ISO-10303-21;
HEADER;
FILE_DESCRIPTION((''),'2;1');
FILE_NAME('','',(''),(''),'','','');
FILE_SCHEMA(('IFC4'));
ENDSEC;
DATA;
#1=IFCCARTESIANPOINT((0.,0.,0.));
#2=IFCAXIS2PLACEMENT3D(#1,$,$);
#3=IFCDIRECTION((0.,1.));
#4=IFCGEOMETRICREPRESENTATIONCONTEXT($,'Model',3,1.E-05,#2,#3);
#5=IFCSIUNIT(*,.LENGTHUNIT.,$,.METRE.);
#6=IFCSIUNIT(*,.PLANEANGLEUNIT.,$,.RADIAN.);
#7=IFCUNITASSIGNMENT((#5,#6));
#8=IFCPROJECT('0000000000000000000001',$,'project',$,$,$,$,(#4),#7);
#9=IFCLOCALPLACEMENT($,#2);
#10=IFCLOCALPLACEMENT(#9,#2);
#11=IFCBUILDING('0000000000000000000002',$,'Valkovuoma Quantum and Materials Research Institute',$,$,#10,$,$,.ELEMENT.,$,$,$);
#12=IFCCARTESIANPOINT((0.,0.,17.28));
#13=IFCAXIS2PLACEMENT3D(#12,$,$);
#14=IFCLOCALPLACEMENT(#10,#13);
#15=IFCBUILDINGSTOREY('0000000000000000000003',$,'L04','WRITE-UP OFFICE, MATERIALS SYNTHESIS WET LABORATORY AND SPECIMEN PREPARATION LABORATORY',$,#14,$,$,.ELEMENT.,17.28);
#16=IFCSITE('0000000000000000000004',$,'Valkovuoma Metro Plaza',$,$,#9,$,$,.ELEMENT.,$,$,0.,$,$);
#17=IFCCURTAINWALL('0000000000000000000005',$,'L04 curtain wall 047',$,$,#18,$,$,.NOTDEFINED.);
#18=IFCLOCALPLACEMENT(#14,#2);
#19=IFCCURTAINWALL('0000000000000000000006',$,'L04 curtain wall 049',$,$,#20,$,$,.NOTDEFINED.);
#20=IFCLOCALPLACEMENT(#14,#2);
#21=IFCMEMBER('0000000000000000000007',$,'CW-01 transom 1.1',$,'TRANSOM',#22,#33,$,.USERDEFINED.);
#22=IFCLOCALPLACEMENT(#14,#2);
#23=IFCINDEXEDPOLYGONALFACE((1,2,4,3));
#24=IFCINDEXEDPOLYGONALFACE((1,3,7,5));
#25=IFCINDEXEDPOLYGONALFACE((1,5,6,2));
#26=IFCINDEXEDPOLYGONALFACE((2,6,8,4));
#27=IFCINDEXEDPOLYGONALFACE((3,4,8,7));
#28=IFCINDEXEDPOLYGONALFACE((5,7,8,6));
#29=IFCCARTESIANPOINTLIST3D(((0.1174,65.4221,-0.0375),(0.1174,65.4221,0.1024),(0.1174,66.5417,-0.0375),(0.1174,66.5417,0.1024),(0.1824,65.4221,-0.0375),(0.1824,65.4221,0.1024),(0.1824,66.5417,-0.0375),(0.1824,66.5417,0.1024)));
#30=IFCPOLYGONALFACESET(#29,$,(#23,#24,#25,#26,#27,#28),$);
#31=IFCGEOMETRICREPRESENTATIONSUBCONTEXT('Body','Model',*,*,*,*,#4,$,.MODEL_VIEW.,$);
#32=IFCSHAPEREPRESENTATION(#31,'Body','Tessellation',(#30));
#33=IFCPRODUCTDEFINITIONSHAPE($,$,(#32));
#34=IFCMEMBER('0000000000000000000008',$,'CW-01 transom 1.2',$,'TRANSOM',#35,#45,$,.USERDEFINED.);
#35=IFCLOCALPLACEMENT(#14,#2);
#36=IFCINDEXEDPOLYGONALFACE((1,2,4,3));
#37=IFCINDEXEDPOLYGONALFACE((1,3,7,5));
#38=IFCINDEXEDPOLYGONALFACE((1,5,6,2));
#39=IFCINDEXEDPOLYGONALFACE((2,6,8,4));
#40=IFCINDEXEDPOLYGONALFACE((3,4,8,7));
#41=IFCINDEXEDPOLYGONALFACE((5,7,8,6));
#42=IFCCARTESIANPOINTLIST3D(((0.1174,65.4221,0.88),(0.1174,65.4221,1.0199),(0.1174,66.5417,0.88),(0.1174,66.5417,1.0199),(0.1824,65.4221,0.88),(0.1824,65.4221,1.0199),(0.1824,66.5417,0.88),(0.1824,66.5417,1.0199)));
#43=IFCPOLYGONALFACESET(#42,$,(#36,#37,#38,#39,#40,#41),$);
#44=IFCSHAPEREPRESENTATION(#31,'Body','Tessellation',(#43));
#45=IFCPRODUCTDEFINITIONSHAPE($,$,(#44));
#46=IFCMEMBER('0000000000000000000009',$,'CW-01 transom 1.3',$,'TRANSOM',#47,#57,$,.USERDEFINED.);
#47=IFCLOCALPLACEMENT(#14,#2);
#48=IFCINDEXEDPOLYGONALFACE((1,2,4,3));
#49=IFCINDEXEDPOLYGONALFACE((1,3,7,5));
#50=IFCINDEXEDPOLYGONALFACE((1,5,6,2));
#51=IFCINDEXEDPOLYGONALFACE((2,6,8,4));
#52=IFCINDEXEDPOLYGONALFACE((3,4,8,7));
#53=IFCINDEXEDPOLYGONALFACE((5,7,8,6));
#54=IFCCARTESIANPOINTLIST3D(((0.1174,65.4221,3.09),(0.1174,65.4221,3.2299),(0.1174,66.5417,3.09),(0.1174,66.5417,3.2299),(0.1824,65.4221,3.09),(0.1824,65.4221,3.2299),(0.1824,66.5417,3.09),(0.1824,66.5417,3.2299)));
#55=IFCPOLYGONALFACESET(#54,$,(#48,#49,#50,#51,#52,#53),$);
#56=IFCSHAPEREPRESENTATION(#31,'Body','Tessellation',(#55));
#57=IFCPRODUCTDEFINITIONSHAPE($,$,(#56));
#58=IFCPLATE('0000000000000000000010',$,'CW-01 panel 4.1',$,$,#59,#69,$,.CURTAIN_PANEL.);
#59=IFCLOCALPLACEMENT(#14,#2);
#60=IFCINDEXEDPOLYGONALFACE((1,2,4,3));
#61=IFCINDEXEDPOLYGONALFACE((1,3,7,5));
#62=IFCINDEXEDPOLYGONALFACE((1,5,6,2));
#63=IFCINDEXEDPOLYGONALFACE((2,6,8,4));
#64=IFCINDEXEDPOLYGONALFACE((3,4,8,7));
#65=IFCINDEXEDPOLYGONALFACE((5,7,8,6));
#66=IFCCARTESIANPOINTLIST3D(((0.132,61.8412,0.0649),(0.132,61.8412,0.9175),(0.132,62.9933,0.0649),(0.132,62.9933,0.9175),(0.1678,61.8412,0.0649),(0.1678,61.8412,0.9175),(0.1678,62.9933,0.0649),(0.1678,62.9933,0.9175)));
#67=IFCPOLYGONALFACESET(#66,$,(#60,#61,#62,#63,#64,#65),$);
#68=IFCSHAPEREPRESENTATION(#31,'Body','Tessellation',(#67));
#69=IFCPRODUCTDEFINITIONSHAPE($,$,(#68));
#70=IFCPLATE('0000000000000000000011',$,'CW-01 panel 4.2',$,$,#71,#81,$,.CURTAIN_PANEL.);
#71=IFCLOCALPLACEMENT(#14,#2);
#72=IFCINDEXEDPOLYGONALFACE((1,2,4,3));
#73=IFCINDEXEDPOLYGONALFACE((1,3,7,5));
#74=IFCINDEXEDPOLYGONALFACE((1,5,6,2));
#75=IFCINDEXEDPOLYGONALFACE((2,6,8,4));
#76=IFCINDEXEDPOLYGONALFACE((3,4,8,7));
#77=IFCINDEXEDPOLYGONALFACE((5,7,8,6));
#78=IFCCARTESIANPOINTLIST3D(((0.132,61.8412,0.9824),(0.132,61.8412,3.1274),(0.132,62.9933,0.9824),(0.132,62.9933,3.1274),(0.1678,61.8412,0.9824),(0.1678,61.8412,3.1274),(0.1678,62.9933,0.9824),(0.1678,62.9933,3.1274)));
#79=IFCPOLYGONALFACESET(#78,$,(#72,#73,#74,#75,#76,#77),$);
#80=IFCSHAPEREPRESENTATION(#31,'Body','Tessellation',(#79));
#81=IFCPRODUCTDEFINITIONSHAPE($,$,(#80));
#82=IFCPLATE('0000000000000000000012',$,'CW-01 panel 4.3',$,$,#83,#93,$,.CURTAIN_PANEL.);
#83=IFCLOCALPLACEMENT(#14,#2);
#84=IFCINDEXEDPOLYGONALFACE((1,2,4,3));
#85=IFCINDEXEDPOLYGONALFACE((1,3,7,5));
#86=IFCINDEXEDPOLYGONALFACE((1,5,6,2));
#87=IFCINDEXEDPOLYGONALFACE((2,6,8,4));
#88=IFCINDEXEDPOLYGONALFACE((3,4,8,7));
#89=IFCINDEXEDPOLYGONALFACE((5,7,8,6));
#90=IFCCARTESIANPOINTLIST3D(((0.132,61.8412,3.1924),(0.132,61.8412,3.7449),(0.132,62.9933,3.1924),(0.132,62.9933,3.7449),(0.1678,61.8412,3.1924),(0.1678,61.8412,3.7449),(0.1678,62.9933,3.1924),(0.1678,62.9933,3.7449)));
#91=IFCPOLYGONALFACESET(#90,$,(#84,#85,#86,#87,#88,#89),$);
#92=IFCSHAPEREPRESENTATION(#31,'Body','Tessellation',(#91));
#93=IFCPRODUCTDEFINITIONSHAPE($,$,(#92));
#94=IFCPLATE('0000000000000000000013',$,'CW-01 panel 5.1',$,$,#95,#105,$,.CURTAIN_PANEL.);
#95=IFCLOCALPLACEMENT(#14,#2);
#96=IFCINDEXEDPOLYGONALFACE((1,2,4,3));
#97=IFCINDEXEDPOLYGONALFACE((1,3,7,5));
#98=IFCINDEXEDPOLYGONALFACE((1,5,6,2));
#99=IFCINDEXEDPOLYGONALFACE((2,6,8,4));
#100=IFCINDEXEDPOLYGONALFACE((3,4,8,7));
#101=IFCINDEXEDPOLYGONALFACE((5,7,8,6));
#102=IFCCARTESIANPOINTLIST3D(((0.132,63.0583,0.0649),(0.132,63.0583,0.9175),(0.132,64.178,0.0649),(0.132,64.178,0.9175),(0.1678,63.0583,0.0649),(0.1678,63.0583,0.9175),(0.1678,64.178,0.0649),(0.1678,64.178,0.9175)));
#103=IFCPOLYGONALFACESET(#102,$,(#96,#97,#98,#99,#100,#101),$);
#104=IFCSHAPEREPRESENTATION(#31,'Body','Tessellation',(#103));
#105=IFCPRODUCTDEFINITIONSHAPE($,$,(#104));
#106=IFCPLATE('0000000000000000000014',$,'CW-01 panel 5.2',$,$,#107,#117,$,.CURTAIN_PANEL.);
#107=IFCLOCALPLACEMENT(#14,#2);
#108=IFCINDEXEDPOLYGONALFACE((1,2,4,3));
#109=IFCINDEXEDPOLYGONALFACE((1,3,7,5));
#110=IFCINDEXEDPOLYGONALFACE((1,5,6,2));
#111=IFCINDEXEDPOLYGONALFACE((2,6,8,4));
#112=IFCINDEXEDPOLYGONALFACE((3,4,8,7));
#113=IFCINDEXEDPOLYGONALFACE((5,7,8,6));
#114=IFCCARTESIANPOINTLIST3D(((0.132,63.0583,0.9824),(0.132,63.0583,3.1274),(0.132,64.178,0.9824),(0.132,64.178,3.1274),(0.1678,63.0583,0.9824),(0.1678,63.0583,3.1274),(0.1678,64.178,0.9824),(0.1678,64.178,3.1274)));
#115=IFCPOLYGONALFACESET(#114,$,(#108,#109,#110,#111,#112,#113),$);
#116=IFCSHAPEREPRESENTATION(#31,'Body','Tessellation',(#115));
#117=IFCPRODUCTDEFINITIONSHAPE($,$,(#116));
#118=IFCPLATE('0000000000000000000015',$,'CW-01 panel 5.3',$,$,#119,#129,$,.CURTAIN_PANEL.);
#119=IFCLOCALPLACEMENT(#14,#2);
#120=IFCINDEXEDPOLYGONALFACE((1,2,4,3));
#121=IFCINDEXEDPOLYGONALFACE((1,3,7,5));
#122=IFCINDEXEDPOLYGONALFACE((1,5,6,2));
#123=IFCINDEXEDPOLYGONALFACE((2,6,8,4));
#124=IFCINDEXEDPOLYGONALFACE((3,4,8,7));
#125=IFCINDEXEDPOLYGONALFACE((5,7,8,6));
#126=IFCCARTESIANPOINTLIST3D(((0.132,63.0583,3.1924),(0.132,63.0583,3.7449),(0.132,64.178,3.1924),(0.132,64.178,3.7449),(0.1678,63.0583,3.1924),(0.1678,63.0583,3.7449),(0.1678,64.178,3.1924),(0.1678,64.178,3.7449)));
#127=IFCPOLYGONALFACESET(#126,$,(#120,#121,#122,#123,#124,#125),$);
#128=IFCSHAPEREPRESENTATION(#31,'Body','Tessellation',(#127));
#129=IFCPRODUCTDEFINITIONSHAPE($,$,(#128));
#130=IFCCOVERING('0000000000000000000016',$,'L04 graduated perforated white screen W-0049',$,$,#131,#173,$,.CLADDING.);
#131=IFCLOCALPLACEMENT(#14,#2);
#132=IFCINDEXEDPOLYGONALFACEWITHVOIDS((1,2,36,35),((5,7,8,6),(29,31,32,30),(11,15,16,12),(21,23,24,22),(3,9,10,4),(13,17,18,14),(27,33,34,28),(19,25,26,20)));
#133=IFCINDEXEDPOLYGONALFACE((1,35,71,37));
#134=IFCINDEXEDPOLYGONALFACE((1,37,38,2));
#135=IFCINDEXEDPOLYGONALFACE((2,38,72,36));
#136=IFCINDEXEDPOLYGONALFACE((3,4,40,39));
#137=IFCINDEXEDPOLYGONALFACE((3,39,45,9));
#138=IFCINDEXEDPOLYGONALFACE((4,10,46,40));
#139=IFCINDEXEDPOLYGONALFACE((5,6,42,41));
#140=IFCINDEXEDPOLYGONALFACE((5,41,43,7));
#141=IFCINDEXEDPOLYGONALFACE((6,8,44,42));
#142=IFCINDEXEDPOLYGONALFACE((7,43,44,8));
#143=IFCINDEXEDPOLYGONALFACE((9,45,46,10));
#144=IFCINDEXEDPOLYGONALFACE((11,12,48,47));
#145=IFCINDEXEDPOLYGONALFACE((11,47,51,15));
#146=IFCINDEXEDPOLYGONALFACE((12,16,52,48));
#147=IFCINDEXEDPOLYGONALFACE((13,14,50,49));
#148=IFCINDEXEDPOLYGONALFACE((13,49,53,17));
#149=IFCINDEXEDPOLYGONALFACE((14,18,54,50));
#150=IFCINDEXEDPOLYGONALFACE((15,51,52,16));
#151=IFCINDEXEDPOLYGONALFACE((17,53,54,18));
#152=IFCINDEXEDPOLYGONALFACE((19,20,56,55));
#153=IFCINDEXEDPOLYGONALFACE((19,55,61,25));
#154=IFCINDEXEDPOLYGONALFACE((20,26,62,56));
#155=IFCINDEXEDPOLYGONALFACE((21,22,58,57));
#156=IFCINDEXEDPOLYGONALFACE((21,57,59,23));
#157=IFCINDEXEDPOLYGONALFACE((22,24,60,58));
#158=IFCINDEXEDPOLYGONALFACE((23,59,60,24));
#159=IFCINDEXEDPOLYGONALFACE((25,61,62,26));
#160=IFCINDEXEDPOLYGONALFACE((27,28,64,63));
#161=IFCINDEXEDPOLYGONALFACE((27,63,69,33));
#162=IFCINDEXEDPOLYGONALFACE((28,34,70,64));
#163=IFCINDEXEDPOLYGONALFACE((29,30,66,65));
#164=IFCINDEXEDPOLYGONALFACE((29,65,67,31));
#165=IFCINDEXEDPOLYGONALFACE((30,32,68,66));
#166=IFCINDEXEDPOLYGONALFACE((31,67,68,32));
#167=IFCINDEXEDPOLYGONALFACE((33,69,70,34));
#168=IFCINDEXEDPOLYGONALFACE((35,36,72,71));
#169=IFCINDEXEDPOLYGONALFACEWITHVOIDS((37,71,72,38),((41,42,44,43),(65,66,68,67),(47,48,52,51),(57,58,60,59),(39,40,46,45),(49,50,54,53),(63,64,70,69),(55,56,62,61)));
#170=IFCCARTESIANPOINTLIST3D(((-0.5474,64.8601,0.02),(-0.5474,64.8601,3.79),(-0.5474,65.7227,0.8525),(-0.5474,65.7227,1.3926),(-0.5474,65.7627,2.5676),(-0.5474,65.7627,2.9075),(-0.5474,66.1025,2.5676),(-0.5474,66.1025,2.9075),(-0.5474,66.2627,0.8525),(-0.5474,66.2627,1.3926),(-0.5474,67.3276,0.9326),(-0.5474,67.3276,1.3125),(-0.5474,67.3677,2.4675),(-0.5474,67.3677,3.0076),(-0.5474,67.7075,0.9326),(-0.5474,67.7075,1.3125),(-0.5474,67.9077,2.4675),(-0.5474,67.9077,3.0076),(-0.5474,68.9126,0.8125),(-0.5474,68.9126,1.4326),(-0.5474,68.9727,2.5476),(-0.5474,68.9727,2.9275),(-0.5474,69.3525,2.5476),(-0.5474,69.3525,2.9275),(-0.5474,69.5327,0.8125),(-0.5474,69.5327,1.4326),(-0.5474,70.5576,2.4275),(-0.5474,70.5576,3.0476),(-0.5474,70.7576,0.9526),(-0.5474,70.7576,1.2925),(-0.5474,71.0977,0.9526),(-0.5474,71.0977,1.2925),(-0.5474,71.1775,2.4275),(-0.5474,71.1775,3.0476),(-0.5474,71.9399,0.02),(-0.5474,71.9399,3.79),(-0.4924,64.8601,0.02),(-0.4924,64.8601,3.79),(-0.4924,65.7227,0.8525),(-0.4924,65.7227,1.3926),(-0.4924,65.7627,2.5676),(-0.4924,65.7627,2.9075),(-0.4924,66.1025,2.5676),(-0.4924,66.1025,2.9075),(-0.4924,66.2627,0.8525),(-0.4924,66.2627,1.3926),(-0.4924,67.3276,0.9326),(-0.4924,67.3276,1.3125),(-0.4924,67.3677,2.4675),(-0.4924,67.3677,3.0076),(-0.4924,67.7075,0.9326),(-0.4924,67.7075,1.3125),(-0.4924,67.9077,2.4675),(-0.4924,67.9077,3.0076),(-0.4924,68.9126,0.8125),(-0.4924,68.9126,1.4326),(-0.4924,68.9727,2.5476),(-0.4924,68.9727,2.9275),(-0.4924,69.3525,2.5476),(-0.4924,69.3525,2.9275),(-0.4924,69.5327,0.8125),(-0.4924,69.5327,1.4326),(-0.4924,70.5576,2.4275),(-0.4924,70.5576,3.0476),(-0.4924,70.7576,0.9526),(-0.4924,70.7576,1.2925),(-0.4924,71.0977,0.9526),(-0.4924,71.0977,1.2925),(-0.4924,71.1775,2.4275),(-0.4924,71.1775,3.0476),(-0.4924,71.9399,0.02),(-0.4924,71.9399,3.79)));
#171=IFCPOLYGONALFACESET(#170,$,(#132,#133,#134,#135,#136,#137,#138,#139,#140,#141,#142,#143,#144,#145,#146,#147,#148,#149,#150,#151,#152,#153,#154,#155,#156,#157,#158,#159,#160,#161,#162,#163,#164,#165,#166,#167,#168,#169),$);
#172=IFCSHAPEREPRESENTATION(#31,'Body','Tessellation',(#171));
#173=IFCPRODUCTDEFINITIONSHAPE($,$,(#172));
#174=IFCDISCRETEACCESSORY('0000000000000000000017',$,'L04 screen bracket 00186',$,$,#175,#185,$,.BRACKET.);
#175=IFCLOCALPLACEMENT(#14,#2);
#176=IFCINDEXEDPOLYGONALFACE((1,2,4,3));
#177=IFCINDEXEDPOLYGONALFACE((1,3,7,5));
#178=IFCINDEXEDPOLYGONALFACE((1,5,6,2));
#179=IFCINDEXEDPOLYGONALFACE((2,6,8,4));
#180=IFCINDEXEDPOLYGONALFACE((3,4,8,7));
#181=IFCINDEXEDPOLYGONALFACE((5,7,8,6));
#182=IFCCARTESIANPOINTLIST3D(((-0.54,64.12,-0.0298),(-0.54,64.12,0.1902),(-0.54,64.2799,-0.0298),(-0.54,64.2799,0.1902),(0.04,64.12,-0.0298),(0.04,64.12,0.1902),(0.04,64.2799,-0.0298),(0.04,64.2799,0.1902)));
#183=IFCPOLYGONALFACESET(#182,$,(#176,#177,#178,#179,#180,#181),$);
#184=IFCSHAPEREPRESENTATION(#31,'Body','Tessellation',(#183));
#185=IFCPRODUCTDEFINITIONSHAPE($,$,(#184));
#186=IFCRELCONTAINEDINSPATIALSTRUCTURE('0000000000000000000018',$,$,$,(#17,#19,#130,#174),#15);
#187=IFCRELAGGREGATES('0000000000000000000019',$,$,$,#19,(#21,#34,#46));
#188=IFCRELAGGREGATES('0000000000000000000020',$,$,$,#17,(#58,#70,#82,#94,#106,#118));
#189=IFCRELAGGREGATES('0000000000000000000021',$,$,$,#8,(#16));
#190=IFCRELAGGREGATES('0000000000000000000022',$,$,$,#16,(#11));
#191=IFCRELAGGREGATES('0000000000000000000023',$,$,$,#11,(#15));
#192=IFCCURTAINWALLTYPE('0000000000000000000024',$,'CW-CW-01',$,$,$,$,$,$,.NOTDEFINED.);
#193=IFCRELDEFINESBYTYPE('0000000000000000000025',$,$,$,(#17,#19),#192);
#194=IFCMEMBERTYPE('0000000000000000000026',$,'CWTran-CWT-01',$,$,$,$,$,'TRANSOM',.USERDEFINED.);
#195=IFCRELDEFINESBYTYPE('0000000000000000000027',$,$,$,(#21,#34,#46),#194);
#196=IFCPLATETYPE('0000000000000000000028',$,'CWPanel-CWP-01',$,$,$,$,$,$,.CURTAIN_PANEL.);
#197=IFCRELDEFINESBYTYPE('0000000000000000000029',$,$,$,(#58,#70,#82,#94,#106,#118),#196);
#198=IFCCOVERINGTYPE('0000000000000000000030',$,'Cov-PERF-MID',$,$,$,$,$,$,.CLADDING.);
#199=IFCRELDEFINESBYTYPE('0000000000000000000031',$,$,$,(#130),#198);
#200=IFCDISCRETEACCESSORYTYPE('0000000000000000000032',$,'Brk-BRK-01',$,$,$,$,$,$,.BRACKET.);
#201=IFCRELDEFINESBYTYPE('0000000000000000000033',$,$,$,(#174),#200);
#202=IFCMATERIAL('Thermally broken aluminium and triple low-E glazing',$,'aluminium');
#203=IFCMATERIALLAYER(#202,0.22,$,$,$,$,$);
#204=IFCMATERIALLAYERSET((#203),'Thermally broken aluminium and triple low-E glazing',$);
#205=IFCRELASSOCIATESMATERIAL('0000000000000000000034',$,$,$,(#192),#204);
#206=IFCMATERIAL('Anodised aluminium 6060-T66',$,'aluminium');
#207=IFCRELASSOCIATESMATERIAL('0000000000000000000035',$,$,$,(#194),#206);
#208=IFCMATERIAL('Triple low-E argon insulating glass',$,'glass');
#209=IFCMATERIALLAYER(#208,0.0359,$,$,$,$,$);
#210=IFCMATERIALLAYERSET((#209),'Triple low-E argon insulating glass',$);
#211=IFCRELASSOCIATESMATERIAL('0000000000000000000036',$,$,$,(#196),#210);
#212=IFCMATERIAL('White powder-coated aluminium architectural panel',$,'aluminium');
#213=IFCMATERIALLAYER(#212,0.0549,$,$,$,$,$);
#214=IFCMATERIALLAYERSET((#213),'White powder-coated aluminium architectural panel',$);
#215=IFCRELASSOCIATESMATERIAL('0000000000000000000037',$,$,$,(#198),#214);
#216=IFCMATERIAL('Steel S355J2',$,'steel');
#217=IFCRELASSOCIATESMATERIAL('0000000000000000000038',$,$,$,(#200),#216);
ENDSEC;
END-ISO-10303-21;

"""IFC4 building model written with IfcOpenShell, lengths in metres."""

from ifc_helpers import new_model, si_unit, direction, frame, origin, origin_2d, place, context, subcontext, project, spatial, polyline, rectangle, outline, extrude, material, layer, layer_set, material_profile, profile_set, type_object, element, aggregate, save


model = new_model("IFC4")

# Units and contexts
model_context = context("Model", 3, precision=1e-05, world=origin(), true_north=direction((0.0, 1.0)))
body_context = subcontext(model_context, "Body", "Model", "MODEL_VIEW")
ifc_project = project(units=[si_unit("LENGTHUNIT", "METRE"), si_unit("PLANEANGLEUNIT", "RADIAN")], contexts=[model_context])

# Site, building, storey
site_placement = place(None, origin())
site = spatial("IfcSite", under=ifc_project, at=site_placement, Name="Valkovuoma Metro Plaza", CompositionType="ELEMENT", RefElevation=0.0)
building_placement = place(site_placement, origin())
building = spatial("IfcBuilding", under=site, at=building_placement, Name="Valkovuoma Quantum and Materials Research Institute", CompositionType="ELEMENT")
storey_placement = place(building_placement, frame((0.0, 0.0, 17.28)))
storey = spatial("IfcBuildingStorey", under=building, at=storey_placement, Name="L04", Description="WRITE-UP OFFICE, MATERIALS SYNTHESIS WET LABORATORY AND SPECIMEN PREPARATION LABORATORY", CompositionType="ELEMENT", Elevation=17.28)

# Curtain wall
ifc_material_1 = material(Name="Thermally broken aluminium and triple low-E glazing", Category="aluminium")
ifc_layer_1 = layer(ifc_material_1, 0.22)
ifc_layer_set_1 = layer_set([ifc_layer_1], Name="Thermally broken aluminium and triple low-E glazing")
curtain_wall_type = type_object("IfcCurtainWallType", Name="CW-CW-01", PredefinedType="NOTDEFINED", material=ifc_layer_set_1)
curtain_wall_1_placement = place(storey_placement, origin())
curtain_wall_1 = element("IfcCurtainWall", 1, at=curtain_wall_1_placement, inside=storey, type_object=curtain_wall_type, Name="L04 curtain wall 047", PredefinedType="NOTDEFINED")

# Curtain wall
curtain_wall_2_placement = place(storey_placement, origin())
curtain_wall_2 = element("IfcCurtainWall", 2, at=curtain_wall_2_placement, inside=storey, type_object=curtain_wall_type, Name="L04 curtain wall 049", PredefinedType="NOTDEFINED")

# Members
ifc_material_2 = material(Name="Anodised aluminium 6060-T66", Category="aluminium")
ifc_material_profile_1 = material_profile(ifc_material_2, rectangle(XDim=0.0649, YDim=0.1399, at=origin_2d()), Name="Anodised aluminium 6060-T66")
ifc_profile_set_1 = profile_set([ifc_material_profile_1], Name="Anodised aluminium 6060-T66")
member_type_1 = type_object("IfcMemberType", Name="CWTran-CWT-01", ElementType="TRANSOM", PredefinedType="USERDEFINED", material=ifc_profile_set_1)
member_1_placement = place(storey_placement, frame((0.1499, 65.4221, 0.0325), z_axis=(0.0, 1.0, 0.0), x_axis=(-1.0, 0.0, 0.0)))
member_1 = element("IfcMember", 3, at=member_1_placement, type_object=member_type_1, Name="CW-01 transom 1.1", ObjectType="TRANSOM", PredefinedType="USERDEFINED", context=body_context, shape_type="SweptSolid", body=[
    extrude(rectangle(XDim=0.0649, YDim=0.1399, at=origin_2d()), origin(), (0.0, 0.0, 1.0), 1.1196),
])
member_2_placement = place(storey_placement, frame((0.1499, 65.4221, 0.95), z_axis=(0.0, 1.0, 0.0), x_axis=(-1.0, 0.0, 0.0)))
member_2 = element("IfcMember", 4, at=member_2_placement, type_object=member_type_1, Name="CW-01 transom 1.2", ObjectType="TRANSOM", PredefinedType="USERDEFINED", context=body_context, shape_type="SweptSolid", body=[
    extrude(rectangle(XDim=0.0649, YDim=0.1399, at=origin_2d()), origin(), (0.0, 0.0, 1.0), 1.1196),
])
member_3_placement = place(storey_placement, frame((0.1499, 65.4221, 3.1599), z_axis=(0.0, 1.0, 0.0), x_axis=(-1.0, 0.0, 0.0)))
member_3 = element("IfcMember", 5, at=member_3_placement, type_object=member_type_1, Name="CW-01 transom 1.3", ObjectType="TRANSOM", PredefinedType="USERDEFINED", context=body_context, shape_type="SweptSolid", body=[
    extrude(rectangle(XDim=0.0649, YDim=0.1399, at=origin_2d()), origin(), (0.0, 0.0, 1.0), 1.1196),
])
aggregate(curtain_wall_2, [member_1, member_2, member_3])

# Plates
ifc_material_3 = material(Name="Triple low-E argon insulating glass", Category="glass")
ifc_layer_2 = layer(ifc_material_3, 0.0359)
ifc_layer_set_2 = layer_set([ifc_layer_2], Name="Triple low-E argon insulating glass")
plate_type = type_object("IfcPlateType", Name="CWPanel-CWP-01", PredefinedType="CURTAIN_PANEL", material=ifc_layer_set_2)
plate_1_placement = place(storey_placement, frame((0.1499, 62.4172, 0.0649), z_axis=(0.0, 0.0, 1.0), x_axis=(0.0, 1.0, 0.0)))
plate_1 = element("IfcPlate", 6, at=plate_1_placement, type_object=plate_type, Name="CW-01 panel 4.1", PredefinedType="CURTAIN_PANEL", context=body_context, shape_type="SweptSolid", body=[
    extrude(rectangle(XDim=1.1521, YDim=0.0359, at=origin_2d()), origin(), (0.0, 0.0, 1.0), 0.8525),
])
plate_2_placement = place(storey_placement, frame((0.1499, 62.4172, 0.9824), z_axis=(0.0, 0.0, 1.0), x_axis=(0.0, 1.0, 0.0)))
plate_2 = element("IfcPlate", 7, at=plate_2_placement, type_object=plate_type, Name="CW-01 panel 4.2", PredefinedType="CURTAIN_PANEL", context=body_context, shape_type="SweptSolid", body=[
    extrude(rectangle(XDim=1.1521, YDim=0.0359, at=origin_2d()), origin(), (0.0, 0.0, 1.0), 2.145),
])
plate_3_placement = place(storey_placement, frame((0.1499, 62.4172, 3.1924), z_axis=(0.0, 0.0, 1.0), x_axis=(0.0, 1.0, 0.0)))
plate_3 = element("IfcPlate", 8, at=plate_3_placement, type_object=plate_type, Name="CW-01 panel 4.3", PredefinedType="CURTAIN_PANEL", context=body_context, shape_type="SweptSolid", body=[
    extrude(rectangle(XDim=1.1521, YDim=0.0359, at=origin_2d()), origin(), (0.0, 0.0, 1.0), 0.5525),
])
plate_4_placement = place(storey_placement, frame((0.1499, 63.6182, 0.0649), z_axis=(0.0, 0.0, 1.0), x_axis=(0.0, 1.0, 0.0)))
plate_4 = element("IfcPlate", 9, at=plate_4_placement, type_object=plate_type, Name="CW-01 panel 5.1", PredefinedType="CURTAIN_PANEL", context=body_context, shape_type="SweptSolid", body=[
    extrude(rectangle(XDim=1.1196, YDim=0.0359, at=origin_2d()), origin(), (0.0, 0.0, 1.0), 0.8525),
])
plate_5_placement = place(storey_placement, frame((0.1499, 63.6182, 0.9824), z_axis=(0.0, 0.0, 1.0), x_axis=(0.0, 1.0, 0.0)))
plate_5 = element("IfcPlate", 10, at=plate_5_placement, type_object=plate_type, Name="CW-01 panel 5.2", PredefinedType="CURTAIN_PANEL", context=body_context, shape_type="SweptSolid", body=[
    extrude(rectangle(XDim=1.1196, YDim=0.0359, at=origin_2d()), origin(), (0.0, 0.0, 1.0), 2.145),
])
plate_6_placement = place(storey_placement, frame((0.1499, 63.6182, 3.1924), z_axis=(0.0, 0.0, 1.0), x_axis=(0.0, 1.0, 0.0)))
plate_6 = element("IfcPlate", 11, at=plate_6_placement, type_object=plate_type, Name="CW-01 panel 5.3", PredefinedType="CURTAIN_PANEL", context=body_context, shape_type="SweptSolid", body=[
    extrude(rectangle(XDim=1.1196, YDim=0.0359, at=origin_2d()), origin(), (0.0, 0.0, 1.0), 0.5525),
])
aggregate(curtain_wall_1, [plate_1, plate_2, plate_3, plate_4, plate_5, plate_6])

# Covering
ifc_material_4 = material(Name="White powder-coated aluminium architectural panel", Category="aluminium")
ifc_layer_3 = layer(ifc_material_4, 0.0549)
ifc_layer_set_3 = layer_set([ifc_layer_3], Name="White powder-coated aluminium architectural panel")
covering_type = type_object("IfcCoveringType", Name="Cov-PERF-MID", PredefinedType="CLADDING", material=ifc_layer_set_3)
covering_placement = place(storey_placement, frame((-0.52, 64.8601, 0.02), z_axis=(0.0, 0.0, 1.0), x_axis=(0.0, 1.0, 0.0)))
element("IfcCovering", 12, at=covering_placement, inside=storey, type_object=covering_type, Name="L04 graduated perforated white screen W-0049", PredefinedType="CLADDING", context=body_context, shape_type="SweptSolid", body=[
    extrude(outline(polyline([(0.0, 0.0), (7.0798, 0.0), (7.0798, 3.77), (0.0, 3.77), (0.0, 0.0)]), holes=[polyline([(0.8625, 0.8325), (0.8625, 1.3726), (1.4026, 1.3726), (1.4026, 0.8325), (0.8625, 0.8325)]), polyline([(0.9026, 2.5476), (0.9026, 2.8875), (1.2424, 2.8875), (1.2424, 2.5476), (0.9026, 2.5476)]), polyline([(2.4675, 0.9126), (2.4675, 1.2925), (2.8474, 1.2925), (2.8474, 0.9126), (2.4675, 0.9126)]), polyline([(2.5076, 2.4475), (2.5076, 2.9875), (3.0476, 2.9875), (3.0476, 2.4475), (2.5076, 2.4475)]), polyline([(4.0525, 0.7925), (4.0525, 1.4126), (4.6726, 1.4126), (4.6726, 0.7925), (4.0525, 0.7925)]), polyline([(4.1125, 2.5276), (4.1125, 2.9075), (4.4924, 2.9075), (4.4924, 2.5276), (4.1125, 2.5276)]), polyline([(5.8975, 0.9326), (5.8975, 1.2725), (6.2375, 1.2725), (6.2375, 0.9326), (5.8975, 0.9326)]), polyline([(5.6975, 2.4075), (5.6975, 3.0276), (6.3174, 3.0276), (6.3174, 2.4075), (5.6975, 2.4075)])]), frame((0.0, 0.0273, 0.0), z_axis=(0.0, -1.0, 0.0), x_axis=(1.0, 0.0, 0.0)), (0.0, 0.0, 1.0), 0.0549),
])

# Discrete accessory
ifc_material_5 = material(Name="Steel S355J2", Category="steel")
discrete_accessory_type = type_object("IfcDiscreteAccessoryType", Name="Brk-BRK-01", PredefinedType="BRACKET", material=ifc_material_5)
for number, where, z_axis, x_axis, name in (
    (13, (-0.25, 64.2, -0.0298), (0.0, 0.0, 1.0), (1.0, 0.0, 0.0), "L04 screen bracket 00186"),
):
    element("IfcDiscreteAccessory", number, at=place(storey_placement, frame(where, z_axis=z_axis, x_axis=x_axis)), inside=storey, type_object=discrete_accessory_type, Name=name, PredefinedType="BRACKET", context=body_context, shape_type="SweptSolid", body=[
        extrude(rectangle(XDim=0.5801, YDim=0.1599, at=origin_2d()), origin(), (0.0, 0.0, 1.0), 0.22),
    ])

save(model, "model.ifc")
